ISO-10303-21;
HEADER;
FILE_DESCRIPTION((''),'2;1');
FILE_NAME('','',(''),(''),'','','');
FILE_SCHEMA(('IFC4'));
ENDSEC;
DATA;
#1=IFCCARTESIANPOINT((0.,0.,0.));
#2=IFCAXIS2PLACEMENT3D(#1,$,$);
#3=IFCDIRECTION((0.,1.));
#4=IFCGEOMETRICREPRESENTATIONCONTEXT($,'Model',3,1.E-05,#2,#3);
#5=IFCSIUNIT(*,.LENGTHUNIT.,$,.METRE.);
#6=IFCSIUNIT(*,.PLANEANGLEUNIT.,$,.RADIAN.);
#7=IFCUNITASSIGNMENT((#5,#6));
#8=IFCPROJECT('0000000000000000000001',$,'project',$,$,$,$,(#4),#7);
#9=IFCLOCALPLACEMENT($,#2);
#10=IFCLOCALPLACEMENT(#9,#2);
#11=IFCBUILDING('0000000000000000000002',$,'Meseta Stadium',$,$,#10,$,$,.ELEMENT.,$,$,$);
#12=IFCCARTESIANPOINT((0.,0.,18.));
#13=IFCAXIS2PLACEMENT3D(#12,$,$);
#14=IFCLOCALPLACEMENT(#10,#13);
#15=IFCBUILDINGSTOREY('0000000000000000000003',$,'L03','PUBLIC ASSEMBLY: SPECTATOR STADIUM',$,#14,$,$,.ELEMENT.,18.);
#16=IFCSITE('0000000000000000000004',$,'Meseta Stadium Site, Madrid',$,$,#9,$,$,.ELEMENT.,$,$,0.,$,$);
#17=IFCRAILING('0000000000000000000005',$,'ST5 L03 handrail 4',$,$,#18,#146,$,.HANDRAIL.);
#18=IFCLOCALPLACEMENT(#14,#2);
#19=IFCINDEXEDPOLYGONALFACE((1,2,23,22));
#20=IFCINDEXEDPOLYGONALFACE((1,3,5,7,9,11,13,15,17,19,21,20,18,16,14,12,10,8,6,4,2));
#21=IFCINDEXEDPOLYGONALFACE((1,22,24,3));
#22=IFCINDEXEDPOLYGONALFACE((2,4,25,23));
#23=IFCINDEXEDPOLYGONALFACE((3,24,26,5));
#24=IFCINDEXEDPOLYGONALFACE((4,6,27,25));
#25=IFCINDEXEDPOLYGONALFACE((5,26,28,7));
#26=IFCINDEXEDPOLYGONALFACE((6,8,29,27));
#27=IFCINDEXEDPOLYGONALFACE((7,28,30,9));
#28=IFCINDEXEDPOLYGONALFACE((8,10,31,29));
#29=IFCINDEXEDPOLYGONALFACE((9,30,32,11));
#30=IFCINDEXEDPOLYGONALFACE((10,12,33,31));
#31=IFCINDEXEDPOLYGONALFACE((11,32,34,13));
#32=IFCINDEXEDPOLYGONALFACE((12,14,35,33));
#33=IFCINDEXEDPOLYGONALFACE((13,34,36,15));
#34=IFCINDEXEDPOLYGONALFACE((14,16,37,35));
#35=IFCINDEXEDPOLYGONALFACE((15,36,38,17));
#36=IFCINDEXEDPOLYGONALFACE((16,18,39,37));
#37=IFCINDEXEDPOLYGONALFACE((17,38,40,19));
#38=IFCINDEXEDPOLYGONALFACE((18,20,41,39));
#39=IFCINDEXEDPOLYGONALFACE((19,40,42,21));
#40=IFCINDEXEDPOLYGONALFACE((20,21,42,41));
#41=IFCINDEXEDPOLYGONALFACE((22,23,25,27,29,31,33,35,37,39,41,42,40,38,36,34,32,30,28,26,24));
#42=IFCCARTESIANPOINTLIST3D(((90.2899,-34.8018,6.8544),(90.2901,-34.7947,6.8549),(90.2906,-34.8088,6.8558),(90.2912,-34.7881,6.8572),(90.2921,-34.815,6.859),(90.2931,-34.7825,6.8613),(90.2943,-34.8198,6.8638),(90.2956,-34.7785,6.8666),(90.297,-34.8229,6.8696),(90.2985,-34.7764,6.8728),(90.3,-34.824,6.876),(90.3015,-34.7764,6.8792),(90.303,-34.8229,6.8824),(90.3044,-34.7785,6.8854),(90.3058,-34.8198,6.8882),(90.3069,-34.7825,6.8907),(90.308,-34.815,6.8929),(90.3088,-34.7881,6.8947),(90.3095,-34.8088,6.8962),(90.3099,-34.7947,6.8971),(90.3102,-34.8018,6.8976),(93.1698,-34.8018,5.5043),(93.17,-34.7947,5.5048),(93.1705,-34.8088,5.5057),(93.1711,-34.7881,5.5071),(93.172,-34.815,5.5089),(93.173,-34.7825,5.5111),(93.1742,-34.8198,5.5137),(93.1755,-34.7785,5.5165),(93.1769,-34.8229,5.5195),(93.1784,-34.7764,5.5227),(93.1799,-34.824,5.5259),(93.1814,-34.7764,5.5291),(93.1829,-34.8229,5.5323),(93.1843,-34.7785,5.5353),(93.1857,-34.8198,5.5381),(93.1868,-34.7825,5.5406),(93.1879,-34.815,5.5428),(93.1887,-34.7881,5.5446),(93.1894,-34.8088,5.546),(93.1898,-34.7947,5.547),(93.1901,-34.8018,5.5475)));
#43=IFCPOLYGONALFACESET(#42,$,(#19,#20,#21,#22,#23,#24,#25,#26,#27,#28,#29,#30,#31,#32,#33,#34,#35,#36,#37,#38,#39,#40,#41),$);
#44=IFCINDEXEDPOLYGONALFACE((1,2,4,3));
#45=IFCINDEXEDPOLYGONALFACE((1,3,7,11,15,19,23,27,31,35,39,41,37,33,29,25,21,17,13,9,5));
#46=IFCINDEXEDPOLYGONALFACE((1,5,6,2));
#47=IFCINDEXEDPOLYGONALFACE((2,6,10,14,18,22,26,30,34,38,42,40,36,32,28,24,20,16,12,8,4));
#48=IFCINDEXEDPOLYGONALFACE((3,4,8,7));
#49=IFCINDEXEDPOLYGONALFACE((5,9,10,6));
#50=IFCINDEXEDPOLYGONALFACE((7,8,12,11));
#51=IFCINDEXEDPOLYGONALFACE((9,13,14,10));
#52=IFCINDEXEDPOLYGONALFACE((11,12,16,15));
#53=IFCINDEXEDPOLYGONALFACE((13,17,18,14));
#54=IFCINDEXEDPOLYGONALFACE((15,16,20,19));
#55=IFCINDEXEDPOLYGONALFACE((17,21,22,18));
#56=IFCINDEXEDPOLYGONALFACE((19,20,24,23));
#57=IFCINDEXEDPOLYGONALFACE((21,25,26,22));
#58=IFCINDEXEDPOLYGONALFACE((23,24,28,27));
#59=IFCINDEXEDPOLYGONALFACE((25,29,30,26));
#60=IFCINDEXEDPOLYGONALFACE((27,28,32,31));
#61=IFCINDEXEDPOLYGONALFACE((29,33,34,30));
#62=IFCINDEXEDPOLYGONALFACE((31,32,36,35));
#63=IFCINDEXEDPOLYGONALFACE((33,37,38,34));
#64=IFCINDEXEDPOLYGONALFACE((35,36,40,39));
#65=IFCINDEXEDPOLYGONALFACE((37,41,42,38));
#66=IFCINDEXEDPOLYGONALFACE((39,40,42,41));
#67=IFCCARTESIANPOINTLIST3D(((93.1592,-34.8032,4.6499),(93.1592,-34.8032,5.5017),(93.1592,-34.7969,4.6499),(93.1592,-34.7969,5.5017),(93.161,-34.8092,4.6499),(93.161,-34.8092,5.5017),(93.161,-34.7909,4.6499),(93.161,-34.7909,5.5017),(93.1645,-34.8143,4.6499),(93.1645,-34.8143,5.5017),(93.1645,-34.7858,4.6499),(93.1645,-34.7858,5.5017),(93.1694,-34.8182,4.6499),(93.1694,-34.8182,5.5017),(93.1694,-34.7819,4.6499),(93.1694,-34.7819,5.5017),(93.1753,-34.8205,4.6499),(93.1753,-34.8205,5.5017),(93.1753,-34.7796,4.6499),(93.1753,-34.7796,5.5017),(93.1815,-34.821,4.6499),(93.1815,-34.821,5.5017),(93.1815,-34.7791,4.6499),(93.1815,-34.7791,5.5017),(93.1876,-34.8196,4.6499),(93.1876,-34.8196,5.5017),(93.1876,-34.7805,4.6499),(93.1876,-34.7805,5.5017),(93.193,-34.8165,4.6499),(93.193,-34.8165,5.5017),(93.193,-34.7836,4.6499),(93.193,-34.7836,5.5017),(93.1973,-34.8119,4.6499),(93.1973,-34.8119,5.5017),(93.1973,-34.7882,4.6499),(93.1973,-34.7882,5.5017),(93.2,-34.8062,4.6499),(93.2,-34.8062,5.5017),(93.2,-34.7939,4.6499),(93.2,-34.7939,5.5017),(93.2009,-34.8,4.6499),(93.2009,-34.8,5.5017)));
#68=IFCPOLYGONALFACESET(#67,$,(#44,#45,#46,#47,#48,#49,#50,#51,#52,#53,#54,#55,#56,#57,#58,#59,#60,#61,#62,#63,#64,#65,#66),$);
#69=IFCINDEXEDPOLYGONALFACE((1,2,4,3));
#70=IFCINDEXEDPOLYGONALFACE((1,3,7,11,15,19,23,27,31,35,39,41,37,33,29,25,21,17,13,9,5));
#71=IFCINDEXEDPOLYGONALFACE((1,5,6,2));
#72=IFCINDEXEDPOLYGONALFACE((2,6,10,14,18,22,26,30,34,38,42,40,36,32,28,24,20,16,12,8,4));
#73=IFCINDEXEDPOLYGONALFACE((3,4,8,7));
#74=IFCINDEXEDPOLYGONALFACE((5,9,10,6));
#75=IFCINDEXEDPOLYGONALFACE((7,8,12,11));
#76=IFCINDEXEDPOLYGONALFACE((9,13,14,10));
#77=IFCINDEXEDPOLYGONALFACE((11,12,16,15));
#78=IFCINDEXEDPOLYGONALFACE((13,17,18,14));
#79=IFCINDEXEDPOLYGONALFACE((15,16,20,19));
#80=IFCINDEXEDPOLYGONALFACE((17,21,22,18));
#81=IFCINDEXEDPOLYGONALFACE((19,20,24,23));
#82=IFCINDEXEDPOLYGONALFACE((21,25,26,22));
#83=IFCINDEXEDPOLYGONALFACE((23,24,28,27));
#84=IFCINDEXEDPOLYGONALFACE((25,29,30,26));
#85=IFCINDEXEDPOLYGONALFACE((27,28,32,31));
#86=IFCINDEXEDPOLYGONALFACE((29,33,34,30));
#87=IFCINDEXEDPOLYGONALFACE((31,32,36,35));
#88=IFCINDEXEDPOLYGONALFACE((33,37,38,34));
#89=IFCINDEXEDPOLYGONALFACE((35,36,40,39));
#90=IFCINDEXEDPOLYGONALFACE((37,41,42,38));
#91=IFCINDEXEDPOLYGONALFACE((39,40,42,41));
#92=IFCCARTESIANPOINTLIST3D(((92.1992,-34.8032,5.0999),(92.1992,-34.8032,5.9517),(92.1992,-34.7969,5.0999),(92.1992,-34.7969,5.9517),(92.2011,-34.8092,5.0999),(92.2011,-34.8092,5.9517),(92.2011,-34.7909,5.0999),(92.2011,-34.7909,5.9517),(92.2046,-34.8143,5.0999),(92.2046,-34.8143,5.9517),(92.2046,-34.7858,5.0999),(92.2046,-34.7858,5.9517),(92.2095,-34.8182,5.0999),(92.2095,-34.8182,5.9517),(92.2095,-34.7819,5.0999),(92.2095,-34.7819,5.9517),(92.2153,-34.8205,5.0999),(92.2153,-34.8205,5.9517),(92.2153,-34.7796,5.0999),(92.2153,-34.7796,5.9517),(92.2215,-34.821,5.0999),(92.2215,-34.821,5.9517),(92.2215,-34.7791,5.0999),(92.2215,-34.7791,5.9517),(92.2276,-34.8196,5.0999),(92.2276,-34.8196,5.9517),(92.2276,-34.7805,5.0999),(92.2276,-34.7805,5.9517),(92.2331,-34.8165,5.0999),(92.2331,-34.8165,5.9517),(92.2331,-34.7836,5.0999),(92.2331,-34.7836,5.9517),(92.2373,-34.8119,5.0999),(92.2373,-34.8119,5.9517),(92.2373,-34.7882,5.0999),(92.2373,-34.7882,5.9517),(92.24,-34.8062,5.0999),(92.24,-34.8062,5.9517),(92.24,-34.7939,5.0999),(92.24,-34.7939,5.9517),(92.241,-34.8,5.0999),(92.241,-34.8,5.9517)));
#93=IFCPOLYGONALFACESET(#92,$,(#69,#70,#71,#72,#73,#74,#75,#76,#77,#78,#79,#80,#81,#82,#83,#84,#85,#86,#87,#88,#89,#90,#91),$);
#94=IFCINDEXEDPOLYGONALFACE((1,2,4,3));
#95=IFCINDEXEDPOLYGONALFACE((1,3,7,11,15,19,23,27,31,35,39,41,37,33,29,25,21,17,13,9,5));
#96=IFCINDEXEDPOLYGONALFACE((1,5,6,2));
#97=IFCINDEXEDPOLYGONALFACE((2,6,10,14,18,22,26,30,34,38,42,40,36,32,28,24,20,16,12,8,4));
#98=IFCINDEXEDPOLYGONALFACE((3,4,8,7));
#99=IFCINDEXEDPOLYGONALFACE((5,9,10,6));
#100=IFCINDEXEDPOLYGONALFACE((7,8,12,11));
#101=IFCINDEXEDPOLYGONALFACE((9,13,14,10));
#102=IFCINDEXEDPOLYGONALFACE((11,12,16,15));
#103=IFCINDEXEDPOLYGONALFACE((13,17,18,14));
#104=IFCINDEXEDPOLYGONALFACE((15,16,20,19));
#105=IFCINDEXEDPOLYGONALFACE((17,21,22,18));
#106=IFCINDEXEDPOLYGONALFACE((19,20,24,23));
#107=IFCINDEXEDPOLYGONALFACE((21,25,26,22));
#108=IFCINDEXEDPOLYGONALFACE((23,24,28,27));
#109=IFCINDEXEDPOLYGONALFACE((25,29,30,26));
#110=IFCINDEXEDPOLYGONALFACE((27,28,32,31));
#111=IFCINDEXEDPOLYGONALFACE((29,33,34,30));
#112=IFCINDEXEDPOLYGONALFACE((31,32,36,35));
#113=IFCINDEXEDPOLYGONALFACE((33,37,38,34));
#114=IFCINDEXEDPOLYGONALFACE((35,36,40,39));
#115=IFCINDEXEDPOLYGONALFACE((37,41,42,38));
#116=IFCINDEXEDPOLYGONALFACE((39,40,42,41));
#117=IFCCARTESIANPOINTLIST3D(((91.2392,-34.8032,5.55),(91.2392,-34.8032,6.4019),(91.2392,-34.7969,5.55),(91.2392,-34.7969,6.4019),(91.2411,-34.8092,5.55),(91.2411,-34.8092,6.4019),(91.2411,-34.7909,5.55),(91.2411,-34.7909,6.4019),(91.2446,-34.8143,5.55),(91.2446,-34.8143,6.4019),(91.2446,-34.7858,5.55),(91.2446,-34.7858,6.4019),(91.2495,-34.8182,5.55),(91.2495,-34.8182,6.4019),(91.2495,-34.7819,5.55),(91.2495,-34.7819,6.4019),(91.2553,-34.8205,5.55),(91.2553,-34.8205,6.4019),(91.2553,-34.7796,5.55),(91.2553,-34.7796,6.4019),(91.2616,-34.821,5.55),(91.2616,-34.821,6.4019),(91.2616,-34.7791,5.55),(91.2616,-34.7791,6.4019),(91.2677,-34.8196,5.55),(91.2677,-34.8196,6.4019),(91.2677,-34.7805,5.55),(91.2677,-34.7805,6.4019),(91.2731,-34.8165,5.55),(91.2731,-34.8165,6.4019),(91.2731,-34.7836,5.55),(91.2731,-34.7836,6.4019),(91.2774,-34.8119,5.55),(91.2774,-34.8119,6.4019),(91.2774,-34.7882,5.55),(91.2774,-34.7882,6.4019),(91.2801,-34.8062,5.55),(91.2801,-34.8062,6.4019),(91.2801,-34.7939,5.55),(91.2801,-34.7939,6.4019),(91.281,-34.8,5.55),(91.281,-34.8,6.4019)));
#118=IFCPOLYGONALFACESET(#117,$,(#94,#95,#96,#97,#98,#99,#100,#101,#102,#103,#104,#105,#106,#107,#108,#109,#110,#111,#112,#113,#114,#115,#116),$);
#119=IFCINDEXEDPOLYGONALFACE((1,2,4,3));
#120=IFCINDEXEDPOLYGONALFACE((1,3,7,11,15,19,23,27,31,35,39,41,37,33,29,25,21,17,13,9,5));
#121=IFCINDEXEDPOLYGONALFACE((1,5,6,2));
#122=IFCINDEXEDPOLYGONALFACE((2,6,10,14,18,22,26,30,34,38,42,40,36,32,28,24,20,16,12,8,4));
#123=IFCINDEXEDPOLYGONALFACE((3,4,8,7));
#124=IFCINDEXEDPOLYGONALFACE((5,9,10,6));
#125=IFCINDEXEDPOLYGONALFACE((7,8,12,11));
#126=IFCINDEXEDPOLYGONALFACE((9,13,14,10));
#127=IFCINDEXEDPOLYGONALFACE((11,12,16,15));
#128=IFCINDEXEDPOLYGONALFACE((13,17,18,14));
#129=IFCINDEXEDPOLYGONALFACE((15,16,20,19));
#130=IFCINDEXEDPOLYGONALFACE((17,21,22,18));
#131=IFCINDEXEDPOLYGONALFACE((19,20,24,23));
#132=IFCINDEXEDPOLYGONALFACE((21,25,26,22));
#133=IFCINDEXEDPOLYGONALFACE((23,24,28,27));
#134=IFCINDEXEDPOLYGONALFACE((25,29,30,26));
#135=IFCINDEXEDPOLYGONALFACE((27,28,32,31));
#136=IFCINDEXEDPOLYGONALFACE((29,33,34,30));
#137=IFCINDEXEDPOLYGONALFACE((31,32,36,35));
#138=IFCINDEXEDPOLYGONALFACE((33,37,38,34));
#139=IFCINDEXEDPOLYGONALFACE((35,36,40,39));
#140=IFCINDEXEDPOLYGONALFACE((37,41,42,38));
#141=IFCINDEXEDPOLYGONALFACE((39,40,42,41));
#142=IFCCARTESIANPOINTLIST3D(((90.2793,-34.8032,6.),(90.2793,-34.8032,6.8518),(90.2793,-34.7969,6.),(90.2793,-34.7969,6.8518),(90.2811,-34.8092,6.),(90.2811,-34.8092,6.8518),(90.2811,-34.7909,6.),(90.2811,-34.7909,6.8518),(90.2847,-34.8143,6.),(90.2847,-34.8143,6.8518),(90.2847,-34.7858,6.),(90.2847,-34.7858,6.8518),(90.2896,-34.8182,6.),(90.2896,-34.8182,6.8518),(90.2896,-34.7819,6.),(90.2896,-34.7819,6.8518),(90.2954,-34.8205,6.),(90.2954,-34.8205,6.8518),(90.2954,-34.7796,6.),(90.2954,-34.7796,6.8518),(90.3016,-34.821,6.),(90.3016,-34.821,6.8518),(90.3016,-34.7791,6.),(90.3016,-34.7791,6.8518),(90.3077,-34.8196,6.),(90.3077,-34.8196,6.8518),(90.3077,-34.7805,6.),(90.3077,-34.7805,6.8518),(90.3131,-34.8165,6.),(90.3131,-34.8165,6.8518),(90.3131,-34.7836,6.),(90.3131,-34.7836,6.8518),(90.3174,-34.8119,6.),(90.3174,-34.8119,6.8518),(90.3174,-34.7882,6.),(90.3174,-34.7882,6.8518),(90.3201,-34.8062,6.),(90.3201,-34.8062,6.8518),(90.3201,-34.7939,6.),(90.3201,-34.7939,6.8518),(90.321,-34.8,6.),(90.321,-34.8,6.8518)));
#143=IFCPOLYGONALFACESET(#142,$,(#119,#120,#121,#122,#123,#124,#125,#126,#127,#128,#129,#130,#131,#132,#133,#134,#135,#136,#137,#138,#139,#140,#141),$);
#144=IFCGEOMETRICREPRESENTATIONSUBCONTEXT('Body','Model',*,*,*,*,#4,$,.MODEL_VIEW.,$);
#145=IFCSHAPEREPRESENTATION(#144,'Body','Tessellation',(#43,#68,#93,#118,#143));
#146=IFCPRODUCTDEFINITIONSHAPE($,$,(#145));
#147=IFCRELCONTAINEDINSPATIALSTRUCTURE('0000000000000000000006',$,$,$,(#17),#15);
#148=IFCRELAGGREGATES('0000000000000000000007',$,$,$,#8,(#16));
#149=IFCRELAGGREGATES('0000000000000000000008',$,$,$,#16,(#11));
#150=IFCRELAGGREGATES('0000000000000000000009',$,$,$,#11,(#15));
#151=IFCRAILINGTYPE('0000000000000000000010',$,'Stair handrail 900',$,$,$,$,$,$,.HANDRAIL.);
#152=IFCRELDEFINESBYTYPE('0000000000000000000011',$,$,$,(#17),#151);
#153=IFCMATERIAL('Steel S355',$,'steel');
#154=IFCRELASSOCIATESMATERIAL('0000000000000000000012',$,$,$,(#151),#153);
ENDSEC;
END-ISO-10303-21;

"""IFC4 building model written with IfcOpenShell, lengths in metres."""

from ifc_helpers import new_model, si_unit, direction, frame, origin, origin_2d, place, context, subcontext, project, spatial, circle, extrude, material, type_object, element, save


model = new_model("IFC4")

# Units and contexts
model_context = context("Model", 3, precision=1e-05, world=origin(), true_north=direction((0.0, 1.0)))
body_context = subcontext(model_context, "Body", "Model", "MODEL_VIEW")
ifc_project = project(units=[si_unit("LENGTHUNIT", "METRE"), si_unit("PLANEANGLEUNIT", "RADIAN")], contexts=[model_context])

# Site, building, storey
site_placement = place(None, origin())
site = spatial("IfcSite", under=ifc_project, at=site_placement, Name="Meseta Stadium Site, Madrid", CompositionType="ELEMENT", RefElevation=0.0)
building_placement = place(site_placement, origin())
building = spatial("IfcBuilding", under=site, at=building_placement, Name="Meseta Stadium", CompositionType="ELEMENT")
storey_placement = place(building_placement, frame((0.0, 0.0, 18.0)))
storey = spatial("IfcBuildingStorey", under=building, at=storey_placement, Name="L03", Description="PUBLIC ASSEMBLY: SPECTATOR STADIUM", CompositionType="ELEMENT", Elevation=18.0)

# Railing
ifc_material_1 = material(Name="Steel S355", Category="steel")
railing_type_1 = type_object("IfcRailingType", Name="Stair handrail 900", PredefinedType="HANDRAIL", material=ifc_material_1)
for number, where, name in (
    (1, (93.1799, -34.8, 4.6499), "ST5 L03 handrail 4"),
):
    element("IfcRailing", number, at=place(storey_placement, frame(where)), inside=storey, type_object=railing_type_1, Name=name, PredefinedType="HANDRAIL", context=body_context, shape_type="SweptSolid", body=[
        extrude(circle(Radius=0.0239, at=origin_2d()), frame((0.0, 0.0, 0.876), z_axis=(-0.90544, 0.0, 0.424473), x_axis=(0.0, -1.0, 0.0)), (0.0, 0.0, 1.0), 3.1807),
        extrude(circle(Radius=0.021, at=origin_2d()), origin(), (0.0, 0.0, 1.0), 0.8518),
        extrude(circle(Radius=0.021, at=origin_2d()), frame((-0.96, 0.0, 0.45)), (0.0, 0.0, 1.0), 0.8518),
        extrude(circle(Radius=0.021, at=origin_2d()), frame((-1.9199, 0.0, 0.9001)), (0.0, 0.0, 1.0), 0.8518),
        extrude(circle(Radius=0.021, at=origin_2d()), frame((-2.8799, 0.0, 1.3501)), (0.0, 0.0, 1.0), 0.8518),
    ])

save(model, "model.ifc")
